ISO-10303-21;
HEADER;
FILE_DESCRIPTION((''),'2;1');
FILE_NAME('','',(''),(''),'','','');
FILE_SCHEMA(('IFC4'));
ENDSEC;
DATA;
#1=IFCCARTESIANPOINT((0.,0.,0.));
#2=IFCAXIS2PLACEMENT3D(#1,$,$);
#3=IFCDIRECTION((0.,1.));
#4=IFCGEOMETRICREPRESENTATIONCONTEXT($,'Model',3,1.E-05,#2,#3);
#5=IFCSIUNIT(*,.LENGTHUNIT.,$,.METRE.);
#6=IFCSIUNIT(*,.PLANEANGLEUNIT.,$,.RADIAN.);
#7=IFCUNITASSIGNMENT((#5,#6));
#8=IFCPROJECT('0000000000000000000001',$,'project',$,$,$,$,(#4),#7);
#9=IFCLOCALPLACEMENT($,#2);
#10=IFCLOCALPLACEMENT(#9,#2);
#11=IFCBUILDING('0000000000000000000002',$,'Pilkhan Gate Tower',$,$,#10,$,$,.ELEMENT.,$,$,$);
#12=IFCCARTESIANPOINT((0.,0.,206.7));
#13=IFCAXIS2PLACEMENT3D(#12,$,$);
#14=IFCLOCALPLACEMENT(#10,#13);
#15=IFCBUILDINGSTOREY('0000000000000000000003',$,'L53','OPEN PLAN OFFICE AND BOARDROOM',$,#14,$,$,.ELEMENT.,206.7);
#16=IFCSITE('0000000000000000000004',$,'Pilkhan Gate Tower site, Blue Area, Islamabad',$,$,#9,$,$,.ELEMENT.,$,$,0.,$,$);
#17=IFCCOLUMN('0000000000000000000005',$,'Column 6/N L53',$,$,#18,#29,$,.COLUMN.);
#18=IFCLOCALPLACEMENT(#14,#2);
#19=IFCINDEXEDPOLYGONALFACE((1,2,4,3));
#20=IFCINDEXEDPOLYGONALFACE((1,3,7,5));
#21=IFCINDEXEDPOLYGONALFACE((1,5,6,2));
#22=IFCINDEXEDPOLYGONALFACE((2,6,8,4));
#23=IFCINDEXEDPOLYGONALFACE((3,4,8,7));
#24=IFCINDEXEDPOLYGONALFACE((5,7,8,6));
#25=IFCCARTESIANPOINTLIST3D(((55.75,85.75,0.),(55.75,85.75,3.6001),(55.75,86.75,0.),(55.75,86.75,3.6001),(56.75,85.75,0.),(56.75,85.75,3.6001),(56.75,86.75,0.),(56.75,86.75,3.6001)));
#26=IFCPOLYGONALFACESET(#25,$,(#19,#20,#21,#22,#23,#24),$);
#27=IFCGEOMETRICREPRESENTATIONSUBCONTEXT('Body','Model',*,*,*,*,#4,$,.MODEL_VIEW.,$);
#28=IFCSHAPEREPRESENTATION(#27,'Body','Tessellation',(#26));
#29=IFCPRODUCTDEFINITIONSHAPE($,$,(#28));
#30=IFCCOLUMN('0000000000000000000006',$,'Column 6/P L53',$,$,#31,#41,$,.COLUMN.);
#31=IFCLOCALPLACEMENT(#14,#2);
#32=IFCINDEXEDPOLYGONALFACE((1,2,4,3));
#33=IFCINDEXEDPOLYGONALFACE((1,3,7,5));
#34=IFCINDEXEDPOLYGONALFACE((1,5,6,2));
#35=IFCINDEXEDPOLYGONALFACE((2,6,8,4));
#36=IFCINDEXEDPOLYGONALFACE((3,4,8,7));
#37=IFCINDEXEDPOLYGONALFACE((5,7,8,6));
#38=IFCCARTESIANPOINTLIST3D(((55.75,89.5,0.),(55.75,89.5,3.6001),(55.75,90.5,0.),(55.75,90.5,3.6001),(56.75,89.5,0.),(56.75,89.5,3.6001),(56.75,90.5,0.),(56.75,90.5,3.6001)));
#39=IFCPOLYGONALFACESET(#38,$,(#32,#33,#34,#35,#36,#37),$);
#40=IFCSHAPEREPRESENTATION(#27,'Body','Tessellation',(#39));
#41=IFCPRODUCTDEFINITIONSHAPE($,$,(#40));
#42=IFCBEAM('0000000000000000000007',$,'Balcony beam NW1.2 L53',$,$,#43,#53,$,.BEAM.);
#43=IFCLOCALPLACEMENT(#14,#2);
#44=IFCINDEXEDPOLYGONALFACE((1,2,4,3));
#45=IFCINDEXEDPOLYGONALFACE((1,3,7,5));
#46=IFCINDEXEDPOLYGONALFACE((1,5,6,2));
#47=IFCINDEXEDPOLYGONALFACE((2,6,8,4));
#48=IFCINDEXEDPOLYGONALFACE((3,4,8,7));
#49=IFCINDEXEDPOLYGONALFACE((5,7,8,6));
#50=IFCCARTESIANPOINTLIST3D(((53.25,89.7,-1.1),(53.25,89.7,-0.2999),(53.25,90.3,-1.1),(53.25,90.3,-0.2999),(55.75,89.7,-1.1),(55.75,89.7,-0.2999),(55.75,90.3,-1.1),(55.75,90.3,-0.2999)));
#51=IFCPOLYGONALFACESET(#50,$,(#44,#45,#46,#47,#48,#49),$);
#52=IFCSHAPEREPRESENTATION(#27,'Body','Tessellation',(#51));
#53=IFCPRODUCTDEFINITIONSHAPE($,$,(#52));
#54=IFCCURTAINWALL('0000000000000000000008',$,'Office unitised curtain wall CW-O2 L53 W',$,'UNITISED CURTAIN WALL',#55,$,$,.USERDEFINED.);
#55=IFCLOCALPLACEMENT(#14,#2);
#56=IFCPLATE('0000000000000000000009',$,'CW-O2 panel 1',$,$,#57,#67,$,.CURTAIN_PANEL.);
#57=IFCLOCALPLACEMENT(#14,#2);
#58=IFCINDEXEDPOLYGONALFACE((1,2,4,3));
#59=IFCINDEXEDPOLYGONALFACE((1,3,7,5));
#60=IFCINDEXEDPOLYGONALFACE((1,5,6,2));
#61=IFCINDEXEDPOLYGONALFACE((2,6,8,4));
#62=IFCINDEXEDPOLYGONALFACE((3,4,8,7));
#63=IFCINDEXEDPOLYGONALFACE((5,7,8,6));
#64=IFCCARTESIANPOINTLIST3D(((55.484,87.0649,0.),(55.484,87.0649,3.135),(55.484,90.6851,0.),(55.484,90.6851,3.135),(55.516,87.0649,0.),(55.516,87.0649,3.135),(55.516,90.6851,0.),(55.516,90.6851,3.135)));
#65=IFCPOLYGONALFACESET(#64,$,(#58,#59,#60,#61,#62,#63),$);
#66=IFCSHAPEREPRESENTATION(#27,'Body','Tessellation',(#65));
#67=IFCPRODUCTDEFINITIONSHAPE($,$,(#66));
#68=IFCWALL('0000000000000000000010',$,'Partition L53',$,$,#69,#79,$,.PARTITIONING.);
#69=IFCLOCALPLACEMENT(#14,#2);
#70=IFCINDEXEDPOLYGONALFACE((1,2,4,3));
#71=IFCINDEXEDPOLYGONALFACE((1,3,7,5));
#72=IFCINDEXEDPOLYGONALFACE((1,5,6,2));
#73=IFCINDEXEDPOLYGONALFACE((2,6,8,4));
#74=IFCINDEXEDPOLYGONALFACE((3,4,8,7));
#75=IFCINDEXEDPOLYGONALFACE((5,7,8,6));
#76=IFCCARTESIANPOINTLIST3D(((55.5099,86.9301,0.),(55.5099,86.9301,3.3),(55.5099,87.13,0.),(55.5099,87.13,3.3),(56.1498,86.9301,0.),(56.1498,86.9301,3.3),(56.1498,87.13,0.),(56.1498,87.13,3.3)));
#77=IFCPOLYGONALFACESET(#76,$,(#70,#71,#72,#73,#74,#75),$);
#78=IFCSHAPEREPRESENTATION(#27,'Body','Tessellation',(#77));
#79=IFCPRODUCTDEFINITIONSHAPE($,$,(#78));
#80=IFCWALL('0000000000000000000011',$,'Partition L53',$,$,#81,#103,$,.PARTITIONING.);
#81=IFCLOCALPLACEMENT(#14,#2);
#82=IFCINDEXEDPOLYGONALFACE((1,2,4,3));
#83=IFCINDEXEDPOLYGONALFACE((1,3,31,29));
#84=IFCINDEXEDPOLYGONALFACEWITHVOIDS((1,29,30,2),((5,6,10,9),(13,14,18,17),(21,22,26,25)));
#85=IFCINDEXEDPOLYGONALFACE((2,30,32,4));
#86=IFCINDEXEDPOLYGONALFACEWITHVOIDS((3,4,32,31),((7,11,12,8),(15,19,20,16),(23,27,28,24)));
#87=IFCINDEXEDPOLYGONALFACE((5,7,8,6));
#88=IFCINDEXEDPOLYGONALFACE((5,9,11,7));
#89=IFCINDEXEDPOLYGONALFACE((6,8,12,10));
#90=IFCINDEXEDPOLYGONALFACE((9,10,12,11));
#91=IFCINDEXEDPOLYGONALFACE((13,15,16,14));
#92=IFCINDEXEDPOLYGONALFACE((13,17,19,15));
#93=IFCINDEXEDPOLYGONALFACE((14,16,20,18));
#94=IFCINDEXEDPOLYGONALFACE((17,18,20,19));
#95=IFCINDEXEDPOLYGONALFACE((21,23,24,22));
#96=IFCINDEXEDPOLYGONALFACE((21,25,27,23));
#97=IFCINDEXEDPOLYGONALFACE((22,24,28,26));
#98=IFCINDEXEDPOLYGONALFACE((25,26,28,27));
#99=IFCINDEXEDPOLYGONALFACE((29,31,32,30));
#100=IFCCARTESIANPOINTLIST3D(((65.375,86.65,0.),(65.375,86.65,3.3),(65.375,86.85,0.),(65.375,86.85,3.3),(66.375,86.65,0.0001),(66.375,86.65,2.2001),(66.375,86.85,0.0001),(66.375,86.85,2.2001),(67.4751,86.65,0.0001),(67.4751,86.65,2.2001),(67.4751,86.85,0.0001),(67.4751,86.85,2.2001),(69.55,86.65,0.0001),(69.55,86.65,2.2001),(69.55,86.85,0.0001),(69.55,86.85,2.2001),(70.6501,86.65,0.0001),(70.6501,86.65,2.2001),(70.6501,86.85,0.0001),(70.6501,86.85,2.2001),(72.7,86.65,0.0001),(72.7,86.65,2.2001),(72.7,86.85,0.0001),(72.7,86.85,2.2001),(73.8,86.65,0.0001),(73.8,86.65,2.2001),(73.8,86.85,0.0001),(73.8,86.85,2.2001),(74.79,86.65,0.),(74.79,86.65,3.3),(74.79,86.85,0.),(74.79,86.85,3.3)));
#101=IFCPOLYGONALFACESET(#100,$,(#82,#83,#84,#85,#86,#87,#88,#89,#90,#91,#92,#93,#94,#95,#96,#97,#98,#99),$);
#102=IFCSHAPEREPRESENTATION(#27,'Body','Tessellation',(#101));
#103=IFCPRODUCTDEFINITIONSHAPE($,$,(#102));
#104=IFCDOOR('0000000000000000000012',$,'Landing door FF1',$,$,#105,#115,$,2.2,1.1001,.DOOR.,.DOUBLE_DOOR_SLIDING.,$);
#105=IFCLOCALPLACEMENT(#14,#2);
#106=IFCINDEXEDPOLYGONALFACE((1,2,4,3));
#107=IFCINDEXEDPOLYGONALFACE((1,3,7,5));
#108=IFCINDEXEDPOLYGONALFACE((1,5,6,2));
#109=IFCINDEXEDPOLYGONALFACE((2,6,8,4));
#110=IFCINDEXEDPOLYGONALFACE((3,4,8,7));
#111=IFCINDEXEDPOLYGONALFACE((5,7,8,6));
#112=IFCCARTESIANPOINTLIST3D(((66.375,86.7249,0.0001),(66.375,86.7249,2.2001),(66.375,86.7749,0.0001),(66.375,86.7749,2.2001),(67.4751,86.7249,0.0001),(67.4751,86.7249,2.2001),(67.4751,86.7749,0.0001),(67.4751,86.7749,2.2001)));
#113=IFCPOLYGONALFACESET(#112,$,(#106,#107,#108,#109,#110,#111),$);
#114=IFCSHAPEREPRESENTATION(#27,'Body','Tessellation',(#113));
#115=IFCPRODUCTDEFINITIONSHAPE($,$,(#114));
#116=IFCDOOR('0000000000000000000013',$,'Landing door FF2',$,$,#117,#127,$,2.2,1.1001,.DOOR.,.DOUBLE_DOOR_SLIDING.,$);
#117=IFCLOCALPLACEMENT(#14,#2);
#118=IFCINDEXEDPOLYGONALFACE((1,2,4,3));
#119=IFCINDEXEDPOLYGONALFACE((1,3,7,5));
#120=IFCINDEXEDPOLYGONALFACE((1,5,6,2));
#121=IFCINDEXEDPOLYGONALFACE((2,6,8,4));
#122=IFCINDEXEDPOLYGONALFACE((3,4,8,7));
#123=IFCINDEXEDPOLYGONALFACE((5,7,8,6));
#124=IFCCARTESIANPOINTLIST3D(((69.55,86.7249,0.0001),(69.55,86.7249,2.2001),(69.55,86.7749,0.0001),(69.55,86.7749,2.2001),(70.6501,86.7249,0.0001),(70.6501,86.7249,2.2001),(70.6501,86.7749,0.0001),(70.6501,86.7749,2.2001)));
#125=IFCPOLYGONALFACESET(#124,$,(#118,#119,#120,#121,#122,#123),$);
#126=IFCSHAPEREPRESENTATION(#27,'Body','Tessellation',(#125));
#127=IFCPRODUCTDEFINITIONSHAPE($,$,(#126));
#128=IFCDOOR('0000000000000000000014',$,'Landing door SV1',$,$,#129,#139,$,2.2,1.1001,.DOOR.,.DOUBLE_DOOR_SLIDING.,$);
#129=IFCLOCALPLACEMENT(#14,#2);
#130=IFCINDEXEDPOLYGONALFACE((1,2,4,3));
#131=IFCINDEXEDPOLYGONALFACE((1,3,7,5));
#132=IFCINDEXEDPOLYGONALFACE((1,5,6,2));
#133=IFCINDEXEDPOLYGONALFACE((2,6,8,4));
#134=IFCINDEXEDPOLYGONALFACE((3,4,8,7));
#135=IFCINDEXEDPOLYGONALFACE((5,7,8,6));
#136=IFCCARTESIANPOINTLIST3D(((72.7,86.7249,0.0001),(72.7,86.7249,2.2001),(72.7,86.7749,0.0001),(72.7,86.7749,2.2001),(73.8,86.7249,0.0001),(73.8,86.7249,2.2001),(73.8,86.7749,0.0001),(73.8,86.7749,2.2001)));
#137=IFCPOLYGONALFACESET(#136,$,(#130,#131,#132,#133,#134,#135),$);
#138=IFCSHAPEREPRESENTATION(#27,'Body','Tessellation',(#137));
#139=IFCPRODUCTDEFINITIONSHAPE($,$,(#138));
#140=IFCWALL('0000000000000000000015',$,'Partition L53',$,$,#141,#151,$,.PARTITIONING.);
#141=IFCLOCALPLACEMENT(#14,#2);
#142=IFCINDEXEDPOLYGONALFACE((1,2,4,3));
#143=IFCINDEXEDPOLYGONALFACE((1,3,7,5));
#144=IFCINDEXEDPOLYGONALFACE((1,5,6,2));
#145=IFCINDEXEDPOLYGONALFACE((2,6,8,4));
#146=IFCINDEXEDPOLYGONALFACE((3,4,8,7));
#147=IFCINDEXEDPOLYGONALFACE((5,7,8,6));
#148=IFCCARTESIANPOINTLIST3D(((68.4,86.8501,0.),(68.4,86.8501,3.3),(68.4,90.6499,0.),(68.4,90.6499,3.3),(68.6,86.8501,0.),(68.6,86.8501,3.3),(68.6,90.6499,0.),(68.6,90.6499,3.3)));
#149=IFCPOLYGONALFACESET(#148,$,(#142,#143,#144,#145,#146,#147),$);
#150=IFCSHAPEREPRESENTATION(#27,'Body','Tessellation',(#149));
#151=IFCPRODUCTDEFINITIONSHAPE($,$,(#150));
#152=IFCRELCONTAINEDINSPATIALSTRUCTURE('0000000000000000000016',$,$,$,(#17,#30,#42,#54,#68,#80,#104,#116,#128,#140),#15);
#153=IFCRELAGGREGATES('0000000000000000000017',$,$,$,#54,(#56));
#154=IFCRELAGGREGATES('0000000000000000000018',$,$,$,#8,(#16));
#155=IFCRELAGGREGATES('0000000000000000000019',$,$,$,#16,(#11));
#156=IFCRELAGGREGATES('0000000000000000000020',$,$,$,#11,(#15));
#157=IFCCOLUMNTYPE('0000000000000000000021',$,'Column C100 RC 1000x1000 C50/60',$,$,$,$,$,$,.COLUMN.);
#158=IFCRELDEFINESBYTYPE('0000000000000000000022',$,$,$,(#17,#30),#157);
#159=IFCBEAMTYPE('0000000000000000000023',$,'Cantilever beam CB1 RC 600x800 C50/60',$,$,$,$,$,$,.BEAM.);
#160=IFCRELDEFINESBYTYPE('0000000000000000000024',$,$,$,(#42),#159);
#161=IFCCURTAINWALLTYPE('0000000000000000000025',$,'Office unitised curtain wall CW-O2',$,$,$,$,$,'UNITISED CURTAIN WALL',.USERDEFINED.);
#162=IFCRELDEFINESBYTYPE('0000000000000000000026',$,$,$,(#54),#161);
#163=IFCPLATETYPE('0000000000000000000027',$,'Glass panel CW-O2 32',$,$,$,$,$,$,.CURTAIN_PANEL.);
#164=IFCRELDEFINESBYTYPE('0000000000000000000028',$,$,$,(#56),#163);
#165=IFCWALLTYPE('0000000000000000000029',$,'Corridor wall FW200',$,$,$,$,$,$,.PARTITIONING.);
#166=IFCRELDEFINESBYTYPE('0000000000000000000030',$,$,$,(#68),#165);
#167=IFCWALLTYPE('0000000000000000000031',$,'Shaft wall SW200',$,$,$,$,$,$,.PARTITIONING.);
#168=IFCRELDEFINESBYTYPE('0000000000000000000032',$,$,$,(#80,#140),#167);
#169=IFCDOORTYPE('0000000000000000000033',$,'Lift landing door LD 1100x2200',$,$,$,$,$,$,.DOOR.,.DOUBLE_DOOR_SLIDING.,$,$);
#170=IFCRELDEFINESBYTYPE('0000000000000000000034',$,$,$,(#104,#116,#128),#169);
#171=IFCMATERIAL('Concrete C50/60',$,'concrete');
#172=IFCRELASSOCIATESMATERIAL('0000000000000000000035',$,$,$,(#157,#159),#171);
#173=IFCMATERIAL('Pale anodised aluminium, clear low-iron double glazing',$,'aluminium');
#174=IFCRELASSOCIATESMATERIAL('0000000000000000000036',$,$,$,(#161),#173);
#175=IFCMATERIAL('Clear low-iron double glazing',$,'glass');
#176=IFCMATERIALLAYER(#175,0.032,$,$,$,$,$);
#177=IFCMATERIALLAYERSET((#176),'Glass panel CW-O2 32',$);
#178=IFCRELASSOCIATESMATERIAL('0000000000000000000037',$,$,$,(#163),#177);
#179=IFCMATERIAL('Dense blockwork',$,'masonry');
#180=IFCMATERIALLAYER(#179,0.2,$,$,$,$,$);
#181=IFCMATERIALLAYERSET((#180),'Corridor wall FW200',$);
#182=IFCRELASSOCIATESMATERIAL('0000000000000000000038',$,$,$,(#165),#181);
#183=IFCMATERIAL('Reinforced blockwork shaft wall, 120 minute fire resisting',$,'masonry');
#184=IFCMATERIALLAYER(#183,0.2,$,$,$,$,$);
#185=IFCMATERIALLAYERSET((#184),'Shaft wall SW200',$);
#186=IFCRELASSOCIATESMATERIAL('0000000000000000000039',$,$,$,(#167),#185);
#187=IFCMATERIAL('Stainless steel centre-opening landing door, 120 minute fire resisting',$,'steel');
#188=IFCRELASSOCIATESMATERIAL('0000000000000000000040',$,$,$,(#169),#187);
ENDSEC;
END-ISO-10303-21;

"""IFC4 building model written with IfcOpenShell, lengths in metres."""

from ifc_helpers import new_model, si_unit, direction, frame, frame_2d, origin, origin_2d, place, context, subcontext, project, spatial, rectangle, extrude, material, layer, layer_set, material_profile, profile_set, type_object, element, fill, aggregate, save


model = new_model("IFC4")

# Units and contexts
model_context = context("Model", 3, precision=1e-05, world=origin(), true_north=direction((0.0, 1.0)))
body_context = subcontext(model_context, "Body", "Model", "MODEL_VIEW")
ifc_project = project(units=[si_unit("LENGTHUNIT", "METRE"), si_unit("PLANEANGLEUNIT", "RADIAN")], contexts=[model_context])

# Site, building, storey
site_placement = place(None, origin())
site = spatial("IfcSite", under=ifc_project, at=site_placement, Name="Pilkhan Gate Tower site, Blue Area, Islamabad", CompositionType="ELEMENT", RefElevation=0.0)
building_placement = place(site_placement, origin())
building = spatial("IfcBuilding", under=site, at=building_placement, Name="Pilkhan Gate Tower", CompositionType="ELEMENT")
storey_placement = place(building_placement, frame((0.0, 0.0, 206.7)))
storey = spatial("IfcBuildingStorey", under=building, at=storey_placement, Name="L53", Description="OPEN PLAN OFFICE AND BOARDROOM", CompositionType="ELEMENT", Elevation=206.7)

# Columns
ifc_material_1 = material(Name="Concrete C50/60", Category="concrete")
ifc_material_profile_1 = material_profile(ifc_material_1, rectangle(XDim=1.0, YDim=1.0, at=origin_2d()), Name="RC 1000x1000")
ifc_profile_set_1 = profile_set([ifc_material_profile_1], Name="Concrete C50/60")
column_type = type_object("IfcColumnType", Name="Column C100 RC 1000x1000 C50/60", PredefinedType="COLUMN", material=ifc_profile_set_1)
for number, where, z_axis, x_axis, name in (
    (1, (56.25, 86.25, 0.0), (0.0, 0.0, 1.0), (1.0, 0.0, 0.0), "Column 6/N L53"),
    (2, (56.25, 90.0, 0.0), (0.0, 0.0, 1.0), (1.0, 0.0, 0.0), "Column 6/P L53"),
):
    element("IfcColumn", number, at=place(storey_placement, frame(where, z_axis=z_axis, x_axis=x_axis)), inside=storey, type_object=column_type, Name=name, PredefinedType="COLUMN", context=body_context, shape_type="SweptSolid", body=[
        extrude(rectangle(XDim=1.0, YDim=1.0, at=origin_2d()), origin(), (0.0, 0.0, 1.0), 3.6001),
    ])

# Beam
ifc_material_profile_2 = material_profile(ifc_material_1, rectangle(XDim=0.6001, YDim=0.8, at=origin_2d()), Name="RC 600x800")
ifc_profile_set_2 = profile_set([ifc_material_profile_2], Name="Concrete C50/60")
beam_type = type_object("IfcBeamType", Name="Cantilever beam CB1 RC 600x800 C50/60", PredefinedType="BEAM", material=ifc_profile_set_2)
beam_placement = place(storey_placement, frame((55.75, 90.0, -0.7), z_axis=(-1.0, 0.0, 0.0), x_axis=(0.0, -1.0, 0.0)))
element("IfcBeam", 3, at=beam_placement, inside=storey, type_object=beam_type, Name="Balcony beam NW1.2 L53", PredefinedType="BEAM", context=body_context, shape_type="SweptSolid", body=[
    extrude(rectangle(XDim=0.6001, YDim=0.8, at=origin_2d()), origin(), (0.0, 0.0, 1.0), 2.5),
])

# Curtain wall, plate
ifc_material_2 = material(Name="Pale anodised aluminium, clear low-iron double glazing", Category="aluminium")
curtain_wall_type = type_object("IfcCurtainWallType", Name="Office unitised curtain wall CW-O2", ElementType="UNITISED CURTAIN WALL", PredefinedType="USERDEFINED", material=ifc_material_2)
curtain_wall_placement = place(storey_placement, origin())
curtain_wall = element("IfcCurtainWall", 4, at=curtain_wall_placement, inside=storey, type_object=curtain_wall_type, Name="Office unitised curtain wall CW-O2 L53 W", ObjectType="UNITISED CURTAIN WALL", PredefinedType="USERDEFINED")
ifc_material_3 = material(Name="Clear low-iron double glazing", Category="glass")
ifc_layer_1 = layer(ifc_material_3, 0.032)
ifc_layer_set_1 = layer_set([ifc_layer_1], Name="Glass panel CW-O2 32")
plate_type = type_object("IfcPlateType", Name="Glass panel CW-O2 32", PredefinedType="CURTAIN_PANEL", material=ifc_layer_set_1)
plate_placement = place(storey_placement, frame((55.5, 88.875, 0.0), z_axis=(0.0, 0.0, 1.0), x_axis=(0.0, 1.0, 0.0)))
plate = element("IfcPlate", 5, at=plate_placement, type_object=plate_type, Name="CW-O2 panel 1", PredefinedType="CURTAIN_PANEL", context=body_context, shape_type="SweptSolid", body=[
    extrude(rectangle(XDim=3.6201, YDim=0.032, at=origin_2d()), origin(), (0.0, 0.0, 1.0), 3.135),
])
aggregate(curtain_wall, [plate])

# Wall
ifc_material_4 = material(Name="Dense blockwork", Category="masonry")
ifc_layer_2 = layer(ifc_material_4, 0.2)
ifc_layer_set_2 = layer_set([ifc_layer_2], Name="Corridor wall FW200")
wall_type_1 = type_object("IfcWallType", Name="Corridor wall FW200", PredefinedType="PARTITIONING", material=ifc_layer_set_2)
wall_1_placement = place(storey_placement, frame((55.51, 87.03, 0.0), z_axis=(0.0, 0.0, 1.0), x_axis=(1.0, 0.0, 0.0)))
element("IfcWall", 6, at=wall_1_placement, inside=storey, type_object=wall_type_1, Name="Partition L53", PredefinedType="PARTITIONING", context=body_context, shape_type="SweptSolid", body=[
    extrude(rectangle(XDim=0.6399, YDim=0.2, at=frame_2d((0.3198, 0.0))), origin(), (0.0, 0.0, 1.0), 3.3),
])

# Wall, openings, doors
ifc_material_5 = material(Name="Reinforced blockwork shaft wall, 120 minute fire resisting", Category="masonry")
ifc_layer_3 = layer(ifc_material_5, 0.2)
ifc_layer_set_3 = layer_set([ifc_layer_3], Name="Shaft wall SW200")
wall_type_2 = type_object("IfcWallType", Name="Shaft wall SW200", PredefinedType="PARTITIONING", material=ifc_layer_set_3)
wall_2_placement = place(storey_placement, frame((65.375, 86.75, 0.0), z_axis=(0.0, 0.0, 1.0), x_axis=(1.0, 0.0, 0.0)))
wall_2 = element("IfcWall", 7, at=wall_2_placement, inside=storey, type_object=wall_type_2, Name="Partition L53", PredefinedType="PARTITIONING", context=body_context, shape_type="SweptSolid", body=[
    extrude(rectangle(XDim=9.415, YDim=0.2, at=frame_2d((4.7075, 0.0))), origin(), (0.0, 0.0, 1.0), 3.3),
])
opening_1_placement = place(wall_2_placement, frame((1.0, 0.0, 0.0)))
opening_1 = element("IfcOpeningElement", 8, at=opening_1_placement, cuts=wall_2, PredefinedType="OPENING", context=body_context, shape_type="SweptSolid", body=[
    extrude(rectangle(XDim=1.1001, YDim=2.2, at=frame_2d((0.55, 1.1001))), frame((0.0, 0.1099, 0.0), z_axis=(0.0, -1.0, 0.0), x_axis=(1.0, 0.0, 0.0)), (0.0, 0.0, 1.0), 0.22),
])
opening_2_placement = place(wall_2_placement, frame((4.175, 0.0, 0.0)))
opening_2 = element("IfcOpeningElement", 9, at=opening_2_placement, cuts=wall_2, PredefinedType="OPENING", context=body_context, shape_type="SweptSolid", body=[
    extrude(rectangle(XDim=1.1001, YDim=2.2, at=frame_2d((0.55, 1.1001))), frame((0.0, 0.1099, 0.0), z_axis=(0.0, -1.0, 0.0), x_axis=(1.0, 0.0, 0.0)), (0.0, 0.0, 1.0), 0.22),
])
opening_3_placement = place(wall_2_placement, frame((7.325, 0.0, 0.0)))
opening_3 = element("IfcOpeningElement", 10, at=opening_3_placement, cuts=wall_2, PredefinedType="OPENING", context=body_context, shape_type="SweptSolid", body=[
    extrude(rectangle(XDim=1.1001, YDim=2.2, at=frame_2d((0.55, 1.1001))), frame((0.0, 0.1099, 0.0), z_axis=(0.0, -1.0, 0.0), x_axis=(1.0, 0.0, 0.0)), (0.0, 0.0, 1.0), 0.22),
])
ifc_material_6 = material(Name="Stainless steel centre-opening landing door, 120 minute fire resisting", Category="steel")
door_type_1 = type_object("IfcDoorType", Name="Lift landing door LD 1100x2200", OperationType="DOUBLE_DOOR_SLIDING", PredefinedType="DOOR", material=ifc_material_6)
door_1_placement = place(opening_1_placement, origin())
door_1 = element("IfcDoor", 11, at=door_1_placement, inside=storey, type_object=door_type_1, Name="Landing door FF1", OperationType="DOUBLE_DOOR_SLIDING", OverallHeight=2.2, OverallWidth=1.1001, PredefinedType="DOOR", context=body_context, shape_type="SweptSolid", body=[
    extrude(rectangle(XDim=1.1001, YDim=2.2, at=frame_2d((0.55, 1.1001))), frame((0.0, 0.0249, 0.0), z_axis=(0.0, -1.0, 0.0), x_axis=(1.0, 0.0, 0.0)), (0.0, 0.0, 1.0), 0.05),
])
fill(opening_1, door_1)
door_2_placement = place(opening_2_placement, origin())
door_2 = element("IfcDoor", 12, at=door_2_placement, inside=storey, type_object=door_type_1, Name="Landing door FF2", OperationType="DOUBLE_DOOR_SLIDING", OverallHeight=2.2, OverallWidth=1.1001, PredefinedType="DOOR", context=body_context, shape_type="SweptSolid", body=[
    extrude(rectangle(XDim=1.1001, YDim=2.2, at=frame_2d((0.55, 1.1001))), frame((0.0, 0.0249, 0.0), z_axis=(0.0, -1.0, 0.0), x_axis=(1.0, 0.0, 0.0)), (0.0, 0.0, 1.0), 0.05),
])
fill(opening_2, door_2)
door_3_placement = place(opening_3_placement, origin())
door_3 = element("IfcDoor", 13, at=door_3_placement, inside=storey, type_object=door_type_1, Name="Landing door SV1", OperationType="DOUBLE_DOOR_SLIDING", OverallHeight=2.2, OverallWidth=1.1001, PredefinedType="DOOR", context=body_context, shape_type="SweptSolid", body=[
    extrude(rectangle(XDim=1.1001, YDim=2.2, at=frame_2d((0.55, 1.1001))), frame((0.0, 0.0249, 0.0), z_axis=(0.0, -1.0, 0.0), x_axis=(1.0, 0.0, 0.0)), (0.0, 0.0, 1.0), 0.05),
])
fill(opening_3, door_3)

# Wall
wall_3_placement = place(storey_placement, frame((68.5, 86.8501, 0.0), z_axis=(0.0, 0.0, 1.0), x_axis=(0.0, 1.0, 0.0)))
element("IfcWall", 14, at=wall_3_placement, inside=storey, type_object=wall_type_2, Name="Partition L53", PredefinedType="PARTITIONING", context=body_context, shape_type="SweptSolid", body=[
    extrude(rectangle(XDim=3.7998, YDim=0.2, at=frame_2d((1.8999, 0.0))), origin(), (0.0, 0.0, 1.0), 3.3),
])

save(model, "model.ifc")
